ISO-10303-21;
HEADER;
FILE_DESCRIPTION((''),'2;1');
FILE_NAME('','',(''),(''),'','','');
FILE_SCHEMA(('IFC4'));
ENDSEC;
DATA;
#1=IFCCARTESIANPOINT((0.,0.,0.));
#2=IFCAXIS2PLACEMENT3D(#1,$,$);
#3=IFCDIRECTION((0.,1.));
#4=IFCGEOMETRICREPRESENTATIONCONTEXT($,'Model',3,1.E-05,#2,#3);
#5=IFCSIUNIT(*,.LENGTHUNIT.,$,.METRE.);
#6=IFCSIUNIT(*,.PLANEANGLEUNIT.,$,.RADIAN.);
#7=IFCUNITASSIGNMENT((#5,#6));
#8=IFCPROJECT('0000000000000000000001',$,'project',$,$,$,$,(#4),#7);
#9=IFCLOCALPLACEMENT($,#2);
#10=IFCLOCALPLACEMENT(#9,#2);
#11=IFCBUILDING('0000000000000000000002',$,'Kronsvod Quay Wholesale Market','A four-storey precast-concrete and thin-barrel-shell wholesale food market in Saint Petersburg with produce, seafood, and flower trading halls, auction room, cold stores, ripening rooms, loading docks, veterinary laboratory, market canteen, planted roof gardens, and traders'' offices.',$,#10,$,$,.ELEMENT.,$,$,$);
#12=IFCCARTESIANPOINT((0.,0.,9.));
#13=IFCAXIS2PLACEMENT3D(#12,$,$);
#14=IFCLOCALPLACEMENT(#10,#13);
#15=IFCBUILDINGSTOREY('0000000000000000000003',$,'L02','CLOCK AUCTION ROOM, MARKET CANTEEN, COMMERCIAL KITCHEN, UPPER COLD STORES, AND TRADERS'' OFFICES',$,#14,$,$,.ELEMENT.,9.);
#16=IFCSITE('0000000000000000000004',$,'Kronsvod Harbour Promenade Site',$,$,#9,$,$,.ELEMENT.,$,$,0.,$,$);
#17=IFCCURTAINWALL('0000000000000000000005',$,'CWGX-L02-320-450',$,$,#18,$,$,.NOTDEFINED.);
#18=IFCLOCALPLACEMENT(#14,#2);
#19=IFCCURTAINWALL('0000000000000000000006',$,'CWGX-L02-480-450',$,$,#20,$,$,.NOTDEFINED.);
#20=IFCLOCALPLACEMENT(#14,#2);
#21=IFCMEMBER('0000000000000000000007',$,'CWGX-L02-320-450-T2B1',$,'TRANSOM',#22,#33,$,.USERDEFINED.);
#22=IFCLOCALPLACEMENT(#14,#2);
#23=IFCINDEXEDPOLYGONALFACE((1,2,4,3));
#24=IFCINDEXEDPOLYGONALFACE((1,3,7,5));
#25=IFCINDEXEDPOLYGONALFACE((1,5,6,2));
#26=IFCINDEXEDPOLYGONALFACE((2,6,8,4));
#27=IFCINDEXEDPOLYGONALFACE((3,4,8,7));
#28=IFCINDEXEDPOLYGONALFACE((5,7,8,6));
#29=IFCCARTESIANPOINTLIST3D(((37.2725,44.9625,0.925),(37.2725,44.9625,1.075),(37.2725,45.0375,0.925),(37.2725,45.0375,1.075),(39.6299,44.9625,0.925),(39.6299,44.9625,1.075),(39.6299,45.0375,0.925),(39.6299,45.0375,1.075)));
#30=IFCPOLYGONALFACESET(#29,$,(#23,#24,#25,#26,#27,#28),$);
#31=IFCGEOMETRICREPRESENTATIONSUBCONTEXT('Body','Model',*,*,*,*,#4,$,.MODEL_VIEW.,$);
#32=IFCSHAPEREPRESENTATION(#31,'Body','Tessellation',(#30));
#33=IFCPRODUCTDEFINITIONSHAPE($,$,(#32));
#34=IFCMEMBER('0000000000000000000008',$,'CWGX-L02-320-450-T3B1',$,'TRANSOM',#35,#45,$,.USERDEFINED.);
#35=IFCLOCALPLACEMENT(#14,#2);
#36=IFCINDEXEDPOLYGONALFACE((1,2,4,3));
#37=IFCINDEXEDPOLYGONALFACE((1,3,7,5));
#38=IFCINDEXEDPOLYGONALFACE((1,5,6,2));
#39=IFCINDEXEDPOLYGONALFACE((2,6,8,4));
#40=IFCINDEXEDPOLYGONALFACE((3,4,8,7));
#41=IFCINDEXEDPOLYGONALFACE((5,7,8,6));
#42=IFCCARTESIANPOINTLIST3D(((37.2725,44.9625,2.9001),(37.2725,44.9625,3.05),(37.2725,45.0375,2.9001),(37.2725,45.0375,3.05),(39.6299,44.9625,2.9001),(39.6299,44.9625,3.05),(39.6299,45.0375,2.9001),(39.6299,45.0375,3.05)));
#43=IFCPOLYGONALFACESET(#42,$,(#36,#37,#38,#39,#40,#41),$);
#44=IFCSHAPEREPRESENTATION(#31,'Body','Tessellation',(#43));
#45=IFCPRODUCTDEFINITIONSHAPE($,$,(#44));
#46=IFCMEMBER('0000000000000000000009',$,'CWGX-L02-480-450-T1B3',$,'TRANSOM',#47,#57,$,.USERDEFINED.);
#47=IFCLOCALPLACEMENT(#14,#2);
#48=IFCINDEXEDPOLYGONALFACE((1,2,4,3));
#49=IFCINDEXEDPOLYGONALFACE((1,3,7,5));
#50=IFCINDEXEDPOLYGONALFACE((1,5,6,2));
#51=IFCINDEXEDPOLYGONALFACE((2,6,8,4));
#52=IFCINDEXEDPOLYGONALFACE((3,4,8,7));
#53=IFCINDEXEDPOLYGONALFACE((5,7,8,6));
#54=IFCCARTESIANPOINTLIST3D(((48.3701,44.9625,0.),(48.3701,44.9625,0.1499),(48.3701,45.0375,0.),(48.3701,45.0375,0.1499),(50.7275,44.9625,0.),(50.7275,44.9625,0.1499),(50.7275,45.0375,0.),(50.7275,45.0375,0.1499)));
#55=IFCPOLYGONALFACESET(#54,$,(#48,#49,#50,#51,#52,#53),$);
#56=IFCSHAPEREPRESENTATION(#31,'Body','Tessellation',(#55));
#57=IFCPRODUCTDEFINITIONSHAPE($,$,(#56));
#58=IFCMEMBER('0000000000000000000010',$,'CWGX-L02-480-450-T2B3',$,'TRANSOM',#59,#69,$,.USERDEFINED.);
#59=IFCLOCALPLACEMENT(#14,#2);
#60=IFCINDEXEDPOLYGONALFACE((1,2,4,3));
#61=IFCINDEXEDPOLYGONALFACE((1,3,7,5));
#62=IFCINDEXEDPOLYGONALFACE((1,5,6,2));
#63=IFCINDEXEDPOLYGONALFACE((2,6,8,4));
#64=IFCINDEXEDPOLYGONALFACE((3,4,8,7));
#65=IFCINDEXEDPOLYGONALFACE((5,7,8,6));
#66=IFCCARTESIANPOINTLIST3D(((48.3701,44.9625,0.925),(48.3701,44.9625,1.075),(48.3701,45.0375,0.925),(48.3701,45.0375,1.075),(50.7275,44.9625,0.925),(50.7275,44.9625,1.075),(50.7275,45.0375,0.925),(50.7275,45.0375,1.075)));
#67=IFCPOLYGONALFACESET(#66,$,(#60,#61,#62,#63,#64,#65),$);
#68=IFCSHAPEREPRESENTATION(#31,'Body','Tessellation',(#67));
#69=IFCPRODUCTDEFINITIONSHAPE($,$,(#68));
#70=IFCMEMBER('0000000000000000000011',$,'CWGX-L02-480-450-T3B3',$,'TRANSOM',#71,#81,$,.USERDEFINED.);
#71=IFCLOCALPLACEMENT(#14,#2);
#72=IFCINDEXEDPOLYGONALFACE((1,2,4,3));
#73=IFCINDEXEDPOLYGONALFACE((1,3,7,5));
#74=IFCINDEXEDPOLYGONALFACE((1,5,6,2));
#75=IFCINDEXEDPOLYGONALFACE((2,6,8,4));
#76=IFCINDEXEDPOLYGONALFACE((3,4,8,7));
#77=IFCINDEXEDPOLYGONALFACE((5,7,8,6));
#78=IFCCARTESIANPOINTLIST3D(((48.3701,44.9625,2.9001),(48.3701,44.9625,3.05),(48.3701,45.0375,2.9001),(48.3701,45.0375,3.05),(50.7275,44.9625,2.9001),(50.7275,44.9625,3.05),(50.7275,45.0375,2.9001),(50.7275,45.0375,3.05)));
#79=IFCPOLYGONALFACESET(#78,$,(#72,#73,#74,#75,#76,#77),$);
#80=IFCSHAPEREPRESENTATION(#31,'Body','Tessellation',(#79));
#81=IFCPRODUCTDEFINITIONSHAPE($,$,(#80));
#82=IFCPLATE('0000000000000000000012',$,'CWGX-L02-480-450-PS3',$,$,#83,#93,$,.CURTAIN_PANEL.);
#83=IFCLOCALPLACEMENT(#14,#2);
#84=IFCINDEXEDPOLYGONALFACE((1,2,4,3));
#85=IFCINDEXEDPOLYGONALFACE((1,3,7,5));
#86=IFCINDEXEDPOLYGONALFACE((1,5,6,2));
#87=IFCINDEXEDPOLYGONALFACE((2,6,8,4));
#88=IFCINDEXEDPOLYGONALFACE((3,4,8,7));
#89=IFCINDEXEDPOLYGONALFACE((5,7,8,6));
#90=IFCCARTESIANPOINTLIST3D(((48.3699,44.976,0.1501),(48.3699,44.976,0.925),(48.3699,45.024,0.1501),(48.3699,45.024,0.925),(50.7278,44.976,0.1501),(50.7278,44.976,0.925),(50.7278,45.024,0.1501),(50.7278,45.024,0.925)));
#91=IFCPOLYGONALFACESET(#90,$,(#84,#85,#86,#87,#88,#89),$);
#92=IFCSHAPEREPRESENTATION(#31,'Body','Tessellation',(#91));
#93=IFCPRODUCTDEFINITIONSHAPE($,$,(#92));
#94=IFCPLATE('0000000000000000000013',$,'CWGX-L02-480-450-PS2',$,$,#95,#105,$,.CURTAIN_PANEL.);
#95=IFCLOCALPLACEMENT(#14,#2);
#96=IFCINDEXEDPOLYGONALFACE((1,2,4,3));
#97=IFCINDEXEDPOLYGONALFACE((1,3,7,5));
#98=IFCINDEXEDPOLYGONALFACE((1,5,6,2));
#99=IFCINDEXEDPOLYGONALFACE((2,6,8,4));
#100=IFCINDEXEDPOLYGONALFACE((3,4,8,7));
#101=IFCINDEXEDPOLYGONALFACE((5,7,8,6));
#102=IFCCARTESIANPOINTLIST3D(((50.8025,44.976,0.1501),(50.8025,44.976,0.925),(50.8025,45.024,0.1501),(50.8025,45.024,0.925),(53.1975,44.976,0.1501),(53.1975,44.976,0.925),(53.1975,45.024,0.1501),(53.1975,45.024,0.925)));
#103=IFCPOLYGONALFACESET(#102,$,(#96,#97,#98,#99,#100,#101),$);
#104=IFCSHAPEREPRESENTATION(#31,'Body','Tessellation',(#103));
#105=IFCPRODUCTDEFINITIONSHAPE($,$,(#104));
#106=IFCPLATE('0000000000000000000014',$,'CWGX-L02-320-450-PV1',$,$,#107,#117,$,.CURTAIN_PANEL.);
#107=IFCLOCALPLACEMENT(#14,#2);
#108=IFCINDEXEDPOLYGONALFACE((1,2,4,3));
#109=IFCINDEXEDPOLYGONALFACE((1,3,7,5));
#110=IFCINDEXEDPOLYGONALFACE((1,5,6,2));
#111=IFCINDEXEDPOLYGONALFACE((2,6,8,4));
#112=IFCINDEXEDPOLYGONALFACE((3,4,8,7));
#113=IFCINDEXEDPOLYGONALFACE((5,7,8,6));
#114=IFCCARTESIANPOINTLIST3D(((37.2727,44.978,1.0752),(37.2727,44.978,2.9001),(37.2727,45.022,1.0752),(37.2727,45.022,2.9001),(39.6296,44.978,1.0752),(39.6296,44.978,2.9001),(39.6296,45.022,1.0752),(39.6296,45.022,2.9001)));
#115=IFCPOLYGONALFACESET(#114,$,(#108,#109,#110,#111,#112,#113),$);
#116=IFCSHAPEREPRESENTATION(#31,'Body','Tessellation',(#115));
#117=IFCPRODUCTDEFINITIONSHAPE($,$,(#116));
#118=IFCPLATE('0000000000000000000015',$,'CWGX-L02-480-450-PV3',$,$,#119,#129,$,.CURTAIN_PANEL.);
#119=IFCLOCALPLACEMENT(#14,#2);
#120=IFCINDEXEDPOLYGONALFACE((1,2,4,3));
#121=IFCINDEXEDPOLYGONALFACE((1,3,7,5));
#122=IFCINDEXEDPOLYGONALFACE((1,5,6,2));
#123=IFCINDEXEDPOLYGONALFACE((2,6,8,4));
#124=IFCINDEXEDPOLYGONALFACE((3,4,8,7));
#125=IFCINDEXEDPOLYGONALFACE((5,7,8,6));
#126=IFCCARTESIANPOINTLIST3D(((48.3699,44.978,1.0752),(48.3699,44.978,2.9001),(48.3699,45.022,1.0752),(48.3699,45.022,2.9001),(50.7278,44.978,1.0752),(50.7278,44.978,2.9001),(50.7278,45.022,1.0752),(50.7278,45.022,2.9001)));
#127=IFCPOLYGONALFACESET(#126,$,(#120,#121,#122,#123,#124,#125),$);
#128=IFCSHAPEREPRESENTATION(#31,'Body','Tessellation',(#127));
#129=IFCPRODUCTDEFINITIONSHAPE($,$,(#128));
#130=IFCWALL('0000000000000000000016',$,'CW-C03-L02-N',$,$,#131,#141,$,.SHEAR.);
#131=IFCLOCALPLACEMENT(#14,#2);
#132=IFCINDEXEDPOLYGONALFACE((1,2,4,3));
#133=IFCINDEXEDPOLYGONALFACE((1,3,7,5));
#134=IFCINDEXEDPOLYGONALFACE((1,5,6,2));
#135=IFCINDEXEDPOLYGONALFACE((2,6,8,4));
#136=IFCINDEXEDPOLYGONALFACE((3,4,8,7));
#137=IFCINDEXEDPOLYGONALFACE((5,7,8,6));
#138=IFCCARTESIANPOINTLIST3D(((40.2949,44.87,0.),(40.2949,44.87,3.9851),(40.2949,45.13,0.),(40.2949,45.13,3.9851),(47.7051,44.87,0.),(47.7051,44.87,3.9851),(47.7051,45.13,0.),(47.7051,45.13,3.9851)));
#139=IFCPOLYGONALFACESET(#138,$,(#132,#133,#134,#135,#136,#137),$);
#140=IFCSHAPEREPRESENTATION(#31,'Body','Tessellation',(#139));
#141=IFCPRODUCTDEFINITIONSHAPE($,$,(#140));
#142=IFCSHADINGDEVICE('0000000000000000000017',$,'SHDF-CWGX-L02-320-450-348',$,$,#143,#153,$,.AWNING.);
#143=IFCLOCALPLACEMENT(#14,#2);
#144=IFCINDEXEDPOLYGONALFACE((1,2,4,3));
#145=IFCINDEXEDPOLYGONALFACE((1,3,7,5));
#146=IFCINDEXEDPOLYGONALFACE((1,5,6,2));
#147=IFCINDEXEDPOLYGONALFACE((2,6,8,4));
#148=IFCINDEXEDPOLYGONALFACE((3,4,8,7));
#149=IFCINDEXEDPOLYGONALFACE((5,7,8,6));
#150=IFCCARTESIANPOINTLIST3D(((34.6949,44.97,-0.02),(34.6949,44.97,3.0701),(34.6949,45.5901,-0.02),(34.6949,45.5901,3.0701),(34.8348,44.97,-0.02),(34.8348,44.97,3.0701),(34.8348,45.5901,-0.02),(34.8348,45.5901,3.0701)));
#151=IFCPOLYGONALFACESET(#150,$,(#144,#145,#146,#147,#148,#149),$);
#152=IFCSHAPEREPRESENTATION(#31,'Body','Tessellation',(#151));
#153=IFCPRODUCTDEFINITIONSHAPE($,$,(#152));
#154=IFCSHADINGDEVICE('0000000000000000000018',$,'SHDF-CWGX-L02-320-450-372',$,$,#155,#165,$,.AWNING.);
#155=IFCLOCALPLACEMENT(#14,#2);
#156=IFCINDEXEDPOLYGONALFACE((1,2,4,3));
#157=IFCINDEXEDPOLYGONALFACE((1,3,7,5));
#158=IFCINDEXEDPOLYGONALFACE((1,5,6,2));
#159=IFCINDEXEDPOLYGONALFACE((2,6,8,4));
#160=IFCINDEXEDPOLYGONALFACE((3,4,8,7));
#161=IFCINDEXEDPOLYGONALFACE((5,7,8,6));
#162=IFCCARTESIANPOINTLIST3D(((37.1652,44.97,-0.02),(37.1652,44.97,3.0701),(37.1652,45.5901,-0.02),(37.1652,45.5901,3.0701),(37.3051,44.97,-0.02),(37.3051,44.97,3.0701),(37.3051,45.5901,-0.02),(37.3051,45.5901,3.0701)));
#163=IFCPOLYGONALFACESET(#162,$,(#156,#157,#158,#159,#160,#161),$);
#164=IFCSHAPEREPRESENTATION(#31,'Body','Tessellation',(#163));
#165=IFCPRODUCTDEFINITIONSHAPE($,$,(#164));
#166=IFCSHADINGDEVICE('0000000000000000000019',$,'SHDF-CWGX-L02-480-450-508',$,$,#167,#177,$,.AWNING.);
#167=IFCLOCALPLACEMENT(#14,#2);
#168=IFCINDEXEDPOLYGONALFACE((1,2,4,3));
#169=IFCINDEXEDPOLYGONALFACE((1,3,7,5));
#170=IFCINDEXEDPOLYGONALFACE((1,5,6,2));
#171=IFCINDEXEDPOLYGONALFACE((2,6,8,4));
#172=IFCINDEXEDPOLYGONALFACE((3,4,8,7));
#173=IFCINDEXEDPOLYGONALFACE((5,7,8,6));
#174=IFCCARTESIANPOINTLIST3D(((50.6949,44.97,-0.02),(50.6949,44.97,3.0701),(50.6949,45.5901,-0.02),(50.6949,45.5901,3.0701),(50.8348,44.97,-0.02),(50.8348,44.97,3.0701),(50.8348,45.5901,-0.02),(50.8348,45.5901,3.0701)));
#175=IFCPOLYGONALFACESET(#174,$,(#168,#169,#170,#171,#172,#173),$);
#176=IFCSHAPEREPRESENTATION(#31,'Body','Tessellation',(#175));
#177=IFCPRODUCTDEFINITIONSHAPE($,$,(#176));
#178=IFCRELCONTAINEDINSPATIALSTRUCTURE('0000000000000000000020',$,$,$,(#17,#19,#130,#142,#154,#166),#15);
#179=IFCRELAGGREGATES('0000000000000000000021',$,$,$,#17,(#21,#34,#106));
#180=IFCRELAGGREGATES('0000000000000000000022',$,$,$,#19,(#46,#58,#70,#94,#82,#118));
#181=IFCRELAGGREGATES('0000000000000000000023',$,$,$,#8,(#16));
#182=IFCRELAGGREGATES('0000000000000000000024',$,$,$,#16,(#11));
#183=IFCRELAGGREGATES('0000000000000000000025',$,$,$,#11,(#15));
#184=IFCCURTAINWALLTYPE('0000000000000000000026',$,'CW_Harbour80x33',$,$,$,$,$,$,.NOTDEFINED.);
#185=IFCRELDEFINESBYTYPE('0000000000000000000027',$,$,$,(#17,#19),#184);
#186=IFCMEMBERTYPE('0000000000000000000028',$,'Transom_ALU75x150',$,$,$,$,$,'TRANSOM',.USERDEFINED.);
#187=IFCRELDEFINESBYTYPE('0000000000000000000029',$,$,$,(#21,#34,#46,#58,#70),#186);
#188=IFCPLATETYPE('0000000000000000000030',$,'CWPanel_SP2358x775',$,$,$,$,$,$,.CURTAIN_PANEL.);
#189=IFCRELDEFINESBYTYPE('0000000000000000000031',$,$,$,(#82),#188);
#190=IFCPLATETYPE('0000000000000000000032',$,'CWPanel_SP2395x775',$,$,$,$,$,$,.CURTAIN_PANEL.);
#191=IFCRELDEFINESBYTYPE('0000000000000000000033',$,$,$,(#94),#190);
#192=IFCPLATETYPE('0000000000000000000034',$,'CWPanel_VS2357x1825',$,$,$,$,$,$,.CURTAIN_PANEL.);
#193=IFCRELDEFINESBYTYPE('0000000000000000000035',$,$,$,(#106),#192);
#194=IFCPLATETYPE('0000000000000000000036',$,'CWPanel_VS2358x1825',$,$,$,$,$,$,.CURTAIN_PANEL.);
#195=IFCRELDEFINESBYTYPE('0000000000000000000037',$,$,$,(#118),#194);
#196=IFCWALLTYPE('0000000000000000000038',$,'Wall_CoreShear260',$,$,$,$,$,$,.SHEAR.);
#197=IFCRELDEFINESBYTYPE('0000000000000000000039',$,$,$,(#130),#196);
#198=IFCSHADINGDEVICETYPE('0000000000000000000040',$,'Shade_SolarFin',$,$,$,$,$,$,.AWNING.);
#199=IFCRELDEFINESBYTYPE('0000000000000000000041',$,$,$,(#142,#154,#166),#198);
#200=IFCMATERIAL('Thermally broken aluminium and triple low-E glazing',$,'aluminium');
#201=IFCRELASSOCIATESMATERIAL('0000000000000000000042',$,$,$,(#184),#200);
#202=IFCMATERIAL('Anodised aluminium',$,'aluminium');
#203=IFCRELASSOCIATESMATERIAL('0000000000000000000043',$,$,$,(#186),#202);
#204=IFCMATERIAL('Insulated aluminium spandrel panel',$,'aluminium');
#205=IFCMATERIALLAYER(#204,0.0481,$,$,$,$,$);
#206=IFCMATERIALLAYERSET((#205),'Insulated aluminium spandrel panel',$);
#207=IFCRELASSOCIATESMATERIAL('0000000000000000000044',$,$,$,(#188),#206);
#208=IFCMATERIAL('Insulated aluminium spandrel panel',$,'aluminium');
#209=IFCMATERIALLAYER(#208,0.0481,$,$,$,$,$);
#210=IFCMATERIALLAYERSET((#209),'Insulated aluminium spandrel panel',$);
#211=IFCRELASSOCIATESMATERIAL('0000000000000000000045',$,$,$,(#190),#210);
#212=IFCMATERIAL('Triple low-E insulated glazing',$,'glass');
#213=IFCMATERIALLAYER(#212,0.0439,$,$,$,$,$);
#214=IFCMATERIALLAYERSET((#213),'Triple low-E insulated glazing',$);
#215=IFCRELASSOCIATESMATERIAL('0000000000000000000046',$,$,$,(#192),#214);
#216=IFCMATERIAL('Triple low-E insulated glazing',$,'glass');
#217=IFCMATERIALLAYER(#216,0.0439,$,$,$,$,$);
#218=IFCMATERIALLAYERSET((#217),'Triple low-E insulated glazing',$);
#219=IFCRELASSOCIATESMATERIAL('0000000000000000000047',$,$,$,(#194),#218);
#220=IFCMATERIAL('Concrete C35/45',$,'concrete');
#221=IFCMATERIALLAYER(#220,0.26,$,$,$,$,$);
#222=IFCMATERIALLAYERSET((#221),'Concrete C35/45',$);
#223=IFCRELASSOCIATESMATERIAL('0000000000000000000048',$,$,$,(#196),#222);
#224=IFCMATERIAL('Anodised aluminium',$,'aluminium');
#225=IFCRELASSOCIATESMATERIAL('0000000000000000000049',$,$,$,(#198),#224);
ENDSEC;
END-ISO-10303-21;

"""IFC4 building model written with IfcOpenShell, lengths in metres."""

from ifc_helpers import new_model, si_unit, direction, frame, frame_2d, origin, origin_2d, place, context, subcontext, project, spatial, rectangle, extrude, material, layer, layer_set, material_profile, profile_set, type_object, element, aggregate, save


model = new_model("IFC4")

# Units and contexts
model_context = context("Model", 3, precision=1e-05, world=origin(), true_north=direction((0.0, 1.0)))
body_context = subcontext(model_context, "Body", "Model", "MODEL_VIEW")
ifc_project = project(units=[si_unit("LENGTHUNIT", "METRE"), si_unit("PLANEANGLEUNIT", "RADIAN")], contexts=[model_context])

# Site, building, storey
site_placement = place(None, origin())
site = spatial("IfcSite", under=ifc_project, at=site_placement, Name="Kronsvod Harbour Promenade Site", CompositionType="ELEMENT", RefElevation=0.0)
building_placement = place(site_placement, origin())
building = spatial("IfcBuilding", under=site, at=building_placement, Name="Kronsvod Quay Wholesale Market", Description="A four-storey precast-concrete and thin-barrel-shell wholesale food market in Saint Petersburg with produce, seafood, and flower trading halls, auction room, cold stores, ripening rooms, loading docks, veterinary laboratory, market canteen, planted roof gardens, and traders' offices.", CompositionType="ELEMENT")
storey_placement = place(building_placement, frame((0.0, 0.0, 9.0)))
storey = spatial("IfcBuildingStorey", under=building, at=storey_placement, Name="L02", Description="CLOCK AUCTION ROOM, MARKET CANTEEN, COMMERCIAL KITCHEN, UPPER COLD STORES, AND TRADERS' OFFICES", CompositionType="ELEMENT", Elevation=9.0)

# Curtain wall
ifc_material_1 = material(Name="Thermally broken aluminium and triple low-E glazing", Category="aluminium")
curtain_wall_type = type_object("IfcCurtainWallType", Name="CW_Harbour80x33", PredefinedType="NOTDEFINED", material=ifc_material_1)
curtain_wall_1_placement = place(storey_placement, origin())
curtain_wall_1 = element("IfcCurtainWall", 1, at=curtain_wall_1_placement, inside=storey, type_object=curtain_wall_type, Name="CWGX-L02-320-450", PredefinedType="NOTDEFINED")

# Curtain wall
curtain_wall_2_placement = place(storey_placement, origin())
curtain_wall_2 = element("IfcCurtainWall", 2, at=curtain_wall_2_placement, inside=storey, type_object=curtain_wall_type, Name="CWGX-L02-480-450", PredefinedType="NOTDEFINED")

# Members
ifc_material_2 = material(Name="Anodised aluminium", Category="aluminium")
ifc_material_profile_1 = material_profile(ifc_material_2, rectangle(XDim=0.075, YDim=0.1499, at=origin_2d()), Name="ALUT75x150")
ifc_profile_set_1 = profile_set([ifc_material_profile_1], Name="Anodised aluminium")
member_type_1 = type_object("IfcMemberType", Name="Transom_ALU75x150", ElementType="TRANSOM", PredefinedType="USERDEFINED", material=ifc_profile_set_1)
member_1_placement = place(storey_placement, frame((39.6299, 45.0, 1.0), z_axis=(-1.0, 0.0, 0.0), x_axis=(0.0, -1.0, 0.0)))
member_1 = element("IfcMember", 3, at=member_1_placement, type_object=member_type_1, Name="CWGX-L02-320-450-T2B1", ObjectType="TRANSOM", PredefinedType="USERDEFINED", context=body_context, shape_type="SweptSolid", body=[
    extrude(rectangle(XDim=0.075, YDim=0.1499, at=origin_2d()), origin(), (0.0, 0.0, 1.0), 2.3574),
])
member_2_placement = place(storey_placement, frame((39.6299, 45.0, 2.9751), z_axis=(-1.0, 0.0, 0.0), x_axis=(0.0, -1.0, 0.0)))
member_2 = element("IfcMember", 4, at=member_2_placement, type_object=member_type_1, Name="CWGX-L02-320-450-T3B1", ObjectType="TRANSOM", PredefinedType="USERDEFINED", context=body_context, shape_type="SweptSolid", body=[
    extrude(rectangle(XDim=0.075, YDim=0.1499, at=origin_2d()), origin(), (0.0, 0.0, 1.0), 2.3574),
])
member_3_placement = place(storey_placement, frame((50.7275, 45.0, 0.075), z_axis=(-1.0, 0.0, 0.0), x_axis=(0.0, -1.0, 0.0)))
member_3 = element("IfcMember", 5, at=member_3_placement, type_object=member_type_1, Name="CWGX-L02-480-450-T1B3", ObjectType="TRANSOM", PredefinedType="USERDEFINED", context=body_context, shape_type="SweptSolid", body=[
    extrude(rectangle(XDim=0.075, YDim=0.1499, at=origin_2d()), origin(), (0.0, 0.0, 1.0), 2.3574),
])
member_4_placement = place(storey_placement, frame((50.7275, 45.0, 1.0), z_axis=(-1.0, 0.0, 0.0), x_axis=(0.0, -1.0, 0.0)))
member_4 = element("IfcMember", 6, at=member_4_placement, type_object=member_type_1, Name="CWGX-L02-480-450-T2B3", ObjectType="TRANSOM", PredefinedType="USERDEFINED", context=body_context, shape_type="SweptSolid", body=[
    extrude(rectangle(XDim=0.075, YDim=0.1499, at=origin_2d()), origin(), (0.0, 0.0, 1.0), 2.3574),
])
member_5_placement = place(storey_placement, frame((50.7275, 45.0, 2.9751), z_axis=(-1.0, 0.0, 0.0), x_axis=(0.0, -1.0, 0.0)))
member_5 = element("IfcMember", 7, at=member_5_placement, type_object=member_type_1, Name="CWGX-L02-480-450-T3B3", ObjectType="TRANSOM", PredefinedType="USERDEFINED", context=body_context, shape_type="SweptSolid", body=[
    extrude(rectangle(XDim=0.075, YDim=0.1499, at=origin_2d()), origin(), (0.0, 0.0, 1.0), 2.3574),
])

# Plates
ifc_material_3 = material(Name="Insulated aluminium spandrel panel", Category="aluminium")
ifc_layer_1 = layer(ifc_material_3, 0.0481)
ifc_layer_set_1 = layer_set([ifc_layer_1], Name="Insulated aluminium spandrel panel")
plate_type_1 = type_object("IfcPlateType", Name="CWPanel_SP2358x775", PredefinedType="CURTAIN_PANEL", material=ifc_layer_set_1)
plate_1_placement = place(storey_placement, frame((49.5488, 45.0, 0.1501), z_axis=(0.0, 0.0, 1.0), x_axis=(-1.0, 0.0, 0.0)))
plate_1 = element("IfcPlate", 8, at=plate_1_placement, type_object=plate_type_1, Name="CWGX-L02-480-450-PS3", PredefinedType="CURTAIN_PANEL", context=body_context, shape_type="SweptSolid", body=[
    extrude(rectangle(XDim=2.3579, YDim=0.0481, at=origin_2d()), origin(), (0.0, 0.0, 1.0), 0.7749),
])
ifc_material_4 = material(Name="Insulated aluminium spandrel panel", Category="aluminium")
ifc_layer_2 = layer(ifc_material_4, 0.0481)
ifc_layer_set_2 = layer_set([ifc_layer_2], Name="Insulated aluminium spandrel panel")
plate_type_2 = type_object("IfcPlateType", Name="CWPanel_SP2395x775", PredefinedType="CURTAIN_PANEL", material=ifc_layer_set_2)
plate_2_placement = place(storey_placement, frame((52.0, 45.0, 0.1501), z_axis=(0.0, 0.0, 1.0), x_axis=(-1.0, 0.0, 0.0)))
plate_2 = element("IfcPlate", 9, at=plate_2_placement, type_object=plate_type_2, Name="CWGX-L02-480-450-PS2", PredefinedType="CURTAIN_PANEL", context=body_context, shape_type="SweptSolid", body=[
    extrude(rectangle(XDim=2.395, YDim=0.0481, at=origin_2d()), origin(), (0.0, 0.0, 1.0), 0.7749),
])
ifc_material_5 = material(Name="Triple low-E insulated glazing", Category="glass")
ifc_layer_3 = layer(ifc_material_5, 0.0439)
ifc_layer_set_3 = layer_set([ifc_layer_3], Name="Triple low-E insulated glazing")
plate_type_3 = type_object("IfcPlateType", Name="CWPanel_VS2357x1825", PredefinedType="CURTAIN_PANEL", material=ifc_layer_set_3)
plate_3_placement = place(storey_placement, frame((38.4512, 45.0, 1.0752), z_axis=(0.0, 0.0, 1.0), x_axis=(-1.0, 0.0, 0.0)))
plate_3 = element("IfcPlate", 10, at=plate_3_placement, type_object=plate_type_3, Name="CWGX-L02-320-450-PV1", PredefinedType="CURTAIN_PANEL", context=body_context, shape_type="SweptSolid", body=[
    extrude(rectangle(XDim=2.3569, YDim=0.0439, at=origin_2d()), origin(), (0.0, 0.0, 1.0), 1.825),
])
aggregate(curtain_wall_1, [member_1, member_2, plate_3])
ifc_material_6 = material(Name="Triple low-E insulated glazing", Category="glass")
ifc_layer_4 = layer(ifc_material_6, 0.0439)
ifc_layer_set_4 = layer_set([ifc_layer_4], Name="Triple low-E insulated glazing")
plate_type_4 = type_object("IfcPlateType", Name="CWPanel_VS2358x1825", PredefinedType="CURTAIN_PANEL", material=ifc_layer_set_4)
plate_4_placement = place(storey_placement, frame((49.5488, 45.0, 1.0752), z_axis=(0.0, 0.0, 1.0), x_axis=(-1.0, 0.0, 0.0)))
plate_4 = element("IfcPlate", 11, at=plate_4_placement, type_object=plate_type_4, Name="CWGX-L02-480-450-PV3", PredefinedType="CURTAIN_PANEL", context=body_context, shape_type="SweptSolid", body=[
    extrude(rectangle(XDim=2.3579, YDim=0.0439, at=origin_2d()), origin(), (0.0, 0.0, 1.0), 1.825),
])
aggregate(curtain_wall_2, [member_3, member_4, member_5, plate_2, plate_1, plate_4])

# Wall
ifc_material_7 = material(Name="Concrete C35/45", Category="concrete")
ifc_layer_5 = layer(ifc_material_7, 0.26)
ifc_layer_set_5 = layer_set([ifc_layer_5], Name="Concrete C35/45")
wall_type = type_object("IfcWallType", Name="Wall_CoreShear260", PredefinedType="SHEAR", material=ifc_layer_set_5)
wall_placement = place(storey_placement, frame((40.2949, 45.0, 0.0), z_axis=(0.0, 0.0, 1.0), x_axis=(1.0, 0.0, 0.0)))
element("IfcWall", 12, at=wall_placement, inside=storey, type_object=wall_type, Name="CW-C03-L02-N", PredefinedType="SHEAR", context=body_context, shape_type="SweptSolid", body=[
    extrude(rectangle(XDim=7.4102, YDim=0.26, at=frame_2d((3.7051, 0.0))), origin(), (0.0, 0.0, 1.0), 3.9851),
])

# Shading devices
ifc_material_8 = material(Name="Anodised aluminium", Category="aluminium")
shading_device_type = type_object("IfcShadingDeviceType", Name="Shade_SolarFin", PredefinedType="AWNING", material=ifc_material_8)
for number, where, z_axis, x_axis, name in (
    (13, (34.7649, 45.28, -0.02), (0.0, 0.0, 1.0), (1.0, 0.0, 0.0), "SHDF-CWGX-L02-320-450-348"),
    (14, (37.2351, 45.28, -0.02), (0.0, 0.0, 1.0), (1.0, 0.0, 0.0), "SHDF-CWGX-L02-320-450-372"),
    (15, (50.7649, 45.28, -0.02), (0.0, 0.0, 1.0), (1.0, 0.0, 0.0), "SHDF-CWGX-L02-480-450-508"),
):
    element("IfcShadingDevice", number, at=place(storey_placement, frame(where, z_axis=z_axis, x_axis=x_axis)), inside=storey, type_object=shading_device_type, Name=name, PredefinedType="AWNING", context=body_context, shape_type="SweptSolid", body=[
        extrude(rectangle(XDim=0.1399, YDim=0.6201, at=origin_2d()), origin(), (0.0, 0.0, 1.0), 3.0901),
    ])

save(model, "model.ifc")
